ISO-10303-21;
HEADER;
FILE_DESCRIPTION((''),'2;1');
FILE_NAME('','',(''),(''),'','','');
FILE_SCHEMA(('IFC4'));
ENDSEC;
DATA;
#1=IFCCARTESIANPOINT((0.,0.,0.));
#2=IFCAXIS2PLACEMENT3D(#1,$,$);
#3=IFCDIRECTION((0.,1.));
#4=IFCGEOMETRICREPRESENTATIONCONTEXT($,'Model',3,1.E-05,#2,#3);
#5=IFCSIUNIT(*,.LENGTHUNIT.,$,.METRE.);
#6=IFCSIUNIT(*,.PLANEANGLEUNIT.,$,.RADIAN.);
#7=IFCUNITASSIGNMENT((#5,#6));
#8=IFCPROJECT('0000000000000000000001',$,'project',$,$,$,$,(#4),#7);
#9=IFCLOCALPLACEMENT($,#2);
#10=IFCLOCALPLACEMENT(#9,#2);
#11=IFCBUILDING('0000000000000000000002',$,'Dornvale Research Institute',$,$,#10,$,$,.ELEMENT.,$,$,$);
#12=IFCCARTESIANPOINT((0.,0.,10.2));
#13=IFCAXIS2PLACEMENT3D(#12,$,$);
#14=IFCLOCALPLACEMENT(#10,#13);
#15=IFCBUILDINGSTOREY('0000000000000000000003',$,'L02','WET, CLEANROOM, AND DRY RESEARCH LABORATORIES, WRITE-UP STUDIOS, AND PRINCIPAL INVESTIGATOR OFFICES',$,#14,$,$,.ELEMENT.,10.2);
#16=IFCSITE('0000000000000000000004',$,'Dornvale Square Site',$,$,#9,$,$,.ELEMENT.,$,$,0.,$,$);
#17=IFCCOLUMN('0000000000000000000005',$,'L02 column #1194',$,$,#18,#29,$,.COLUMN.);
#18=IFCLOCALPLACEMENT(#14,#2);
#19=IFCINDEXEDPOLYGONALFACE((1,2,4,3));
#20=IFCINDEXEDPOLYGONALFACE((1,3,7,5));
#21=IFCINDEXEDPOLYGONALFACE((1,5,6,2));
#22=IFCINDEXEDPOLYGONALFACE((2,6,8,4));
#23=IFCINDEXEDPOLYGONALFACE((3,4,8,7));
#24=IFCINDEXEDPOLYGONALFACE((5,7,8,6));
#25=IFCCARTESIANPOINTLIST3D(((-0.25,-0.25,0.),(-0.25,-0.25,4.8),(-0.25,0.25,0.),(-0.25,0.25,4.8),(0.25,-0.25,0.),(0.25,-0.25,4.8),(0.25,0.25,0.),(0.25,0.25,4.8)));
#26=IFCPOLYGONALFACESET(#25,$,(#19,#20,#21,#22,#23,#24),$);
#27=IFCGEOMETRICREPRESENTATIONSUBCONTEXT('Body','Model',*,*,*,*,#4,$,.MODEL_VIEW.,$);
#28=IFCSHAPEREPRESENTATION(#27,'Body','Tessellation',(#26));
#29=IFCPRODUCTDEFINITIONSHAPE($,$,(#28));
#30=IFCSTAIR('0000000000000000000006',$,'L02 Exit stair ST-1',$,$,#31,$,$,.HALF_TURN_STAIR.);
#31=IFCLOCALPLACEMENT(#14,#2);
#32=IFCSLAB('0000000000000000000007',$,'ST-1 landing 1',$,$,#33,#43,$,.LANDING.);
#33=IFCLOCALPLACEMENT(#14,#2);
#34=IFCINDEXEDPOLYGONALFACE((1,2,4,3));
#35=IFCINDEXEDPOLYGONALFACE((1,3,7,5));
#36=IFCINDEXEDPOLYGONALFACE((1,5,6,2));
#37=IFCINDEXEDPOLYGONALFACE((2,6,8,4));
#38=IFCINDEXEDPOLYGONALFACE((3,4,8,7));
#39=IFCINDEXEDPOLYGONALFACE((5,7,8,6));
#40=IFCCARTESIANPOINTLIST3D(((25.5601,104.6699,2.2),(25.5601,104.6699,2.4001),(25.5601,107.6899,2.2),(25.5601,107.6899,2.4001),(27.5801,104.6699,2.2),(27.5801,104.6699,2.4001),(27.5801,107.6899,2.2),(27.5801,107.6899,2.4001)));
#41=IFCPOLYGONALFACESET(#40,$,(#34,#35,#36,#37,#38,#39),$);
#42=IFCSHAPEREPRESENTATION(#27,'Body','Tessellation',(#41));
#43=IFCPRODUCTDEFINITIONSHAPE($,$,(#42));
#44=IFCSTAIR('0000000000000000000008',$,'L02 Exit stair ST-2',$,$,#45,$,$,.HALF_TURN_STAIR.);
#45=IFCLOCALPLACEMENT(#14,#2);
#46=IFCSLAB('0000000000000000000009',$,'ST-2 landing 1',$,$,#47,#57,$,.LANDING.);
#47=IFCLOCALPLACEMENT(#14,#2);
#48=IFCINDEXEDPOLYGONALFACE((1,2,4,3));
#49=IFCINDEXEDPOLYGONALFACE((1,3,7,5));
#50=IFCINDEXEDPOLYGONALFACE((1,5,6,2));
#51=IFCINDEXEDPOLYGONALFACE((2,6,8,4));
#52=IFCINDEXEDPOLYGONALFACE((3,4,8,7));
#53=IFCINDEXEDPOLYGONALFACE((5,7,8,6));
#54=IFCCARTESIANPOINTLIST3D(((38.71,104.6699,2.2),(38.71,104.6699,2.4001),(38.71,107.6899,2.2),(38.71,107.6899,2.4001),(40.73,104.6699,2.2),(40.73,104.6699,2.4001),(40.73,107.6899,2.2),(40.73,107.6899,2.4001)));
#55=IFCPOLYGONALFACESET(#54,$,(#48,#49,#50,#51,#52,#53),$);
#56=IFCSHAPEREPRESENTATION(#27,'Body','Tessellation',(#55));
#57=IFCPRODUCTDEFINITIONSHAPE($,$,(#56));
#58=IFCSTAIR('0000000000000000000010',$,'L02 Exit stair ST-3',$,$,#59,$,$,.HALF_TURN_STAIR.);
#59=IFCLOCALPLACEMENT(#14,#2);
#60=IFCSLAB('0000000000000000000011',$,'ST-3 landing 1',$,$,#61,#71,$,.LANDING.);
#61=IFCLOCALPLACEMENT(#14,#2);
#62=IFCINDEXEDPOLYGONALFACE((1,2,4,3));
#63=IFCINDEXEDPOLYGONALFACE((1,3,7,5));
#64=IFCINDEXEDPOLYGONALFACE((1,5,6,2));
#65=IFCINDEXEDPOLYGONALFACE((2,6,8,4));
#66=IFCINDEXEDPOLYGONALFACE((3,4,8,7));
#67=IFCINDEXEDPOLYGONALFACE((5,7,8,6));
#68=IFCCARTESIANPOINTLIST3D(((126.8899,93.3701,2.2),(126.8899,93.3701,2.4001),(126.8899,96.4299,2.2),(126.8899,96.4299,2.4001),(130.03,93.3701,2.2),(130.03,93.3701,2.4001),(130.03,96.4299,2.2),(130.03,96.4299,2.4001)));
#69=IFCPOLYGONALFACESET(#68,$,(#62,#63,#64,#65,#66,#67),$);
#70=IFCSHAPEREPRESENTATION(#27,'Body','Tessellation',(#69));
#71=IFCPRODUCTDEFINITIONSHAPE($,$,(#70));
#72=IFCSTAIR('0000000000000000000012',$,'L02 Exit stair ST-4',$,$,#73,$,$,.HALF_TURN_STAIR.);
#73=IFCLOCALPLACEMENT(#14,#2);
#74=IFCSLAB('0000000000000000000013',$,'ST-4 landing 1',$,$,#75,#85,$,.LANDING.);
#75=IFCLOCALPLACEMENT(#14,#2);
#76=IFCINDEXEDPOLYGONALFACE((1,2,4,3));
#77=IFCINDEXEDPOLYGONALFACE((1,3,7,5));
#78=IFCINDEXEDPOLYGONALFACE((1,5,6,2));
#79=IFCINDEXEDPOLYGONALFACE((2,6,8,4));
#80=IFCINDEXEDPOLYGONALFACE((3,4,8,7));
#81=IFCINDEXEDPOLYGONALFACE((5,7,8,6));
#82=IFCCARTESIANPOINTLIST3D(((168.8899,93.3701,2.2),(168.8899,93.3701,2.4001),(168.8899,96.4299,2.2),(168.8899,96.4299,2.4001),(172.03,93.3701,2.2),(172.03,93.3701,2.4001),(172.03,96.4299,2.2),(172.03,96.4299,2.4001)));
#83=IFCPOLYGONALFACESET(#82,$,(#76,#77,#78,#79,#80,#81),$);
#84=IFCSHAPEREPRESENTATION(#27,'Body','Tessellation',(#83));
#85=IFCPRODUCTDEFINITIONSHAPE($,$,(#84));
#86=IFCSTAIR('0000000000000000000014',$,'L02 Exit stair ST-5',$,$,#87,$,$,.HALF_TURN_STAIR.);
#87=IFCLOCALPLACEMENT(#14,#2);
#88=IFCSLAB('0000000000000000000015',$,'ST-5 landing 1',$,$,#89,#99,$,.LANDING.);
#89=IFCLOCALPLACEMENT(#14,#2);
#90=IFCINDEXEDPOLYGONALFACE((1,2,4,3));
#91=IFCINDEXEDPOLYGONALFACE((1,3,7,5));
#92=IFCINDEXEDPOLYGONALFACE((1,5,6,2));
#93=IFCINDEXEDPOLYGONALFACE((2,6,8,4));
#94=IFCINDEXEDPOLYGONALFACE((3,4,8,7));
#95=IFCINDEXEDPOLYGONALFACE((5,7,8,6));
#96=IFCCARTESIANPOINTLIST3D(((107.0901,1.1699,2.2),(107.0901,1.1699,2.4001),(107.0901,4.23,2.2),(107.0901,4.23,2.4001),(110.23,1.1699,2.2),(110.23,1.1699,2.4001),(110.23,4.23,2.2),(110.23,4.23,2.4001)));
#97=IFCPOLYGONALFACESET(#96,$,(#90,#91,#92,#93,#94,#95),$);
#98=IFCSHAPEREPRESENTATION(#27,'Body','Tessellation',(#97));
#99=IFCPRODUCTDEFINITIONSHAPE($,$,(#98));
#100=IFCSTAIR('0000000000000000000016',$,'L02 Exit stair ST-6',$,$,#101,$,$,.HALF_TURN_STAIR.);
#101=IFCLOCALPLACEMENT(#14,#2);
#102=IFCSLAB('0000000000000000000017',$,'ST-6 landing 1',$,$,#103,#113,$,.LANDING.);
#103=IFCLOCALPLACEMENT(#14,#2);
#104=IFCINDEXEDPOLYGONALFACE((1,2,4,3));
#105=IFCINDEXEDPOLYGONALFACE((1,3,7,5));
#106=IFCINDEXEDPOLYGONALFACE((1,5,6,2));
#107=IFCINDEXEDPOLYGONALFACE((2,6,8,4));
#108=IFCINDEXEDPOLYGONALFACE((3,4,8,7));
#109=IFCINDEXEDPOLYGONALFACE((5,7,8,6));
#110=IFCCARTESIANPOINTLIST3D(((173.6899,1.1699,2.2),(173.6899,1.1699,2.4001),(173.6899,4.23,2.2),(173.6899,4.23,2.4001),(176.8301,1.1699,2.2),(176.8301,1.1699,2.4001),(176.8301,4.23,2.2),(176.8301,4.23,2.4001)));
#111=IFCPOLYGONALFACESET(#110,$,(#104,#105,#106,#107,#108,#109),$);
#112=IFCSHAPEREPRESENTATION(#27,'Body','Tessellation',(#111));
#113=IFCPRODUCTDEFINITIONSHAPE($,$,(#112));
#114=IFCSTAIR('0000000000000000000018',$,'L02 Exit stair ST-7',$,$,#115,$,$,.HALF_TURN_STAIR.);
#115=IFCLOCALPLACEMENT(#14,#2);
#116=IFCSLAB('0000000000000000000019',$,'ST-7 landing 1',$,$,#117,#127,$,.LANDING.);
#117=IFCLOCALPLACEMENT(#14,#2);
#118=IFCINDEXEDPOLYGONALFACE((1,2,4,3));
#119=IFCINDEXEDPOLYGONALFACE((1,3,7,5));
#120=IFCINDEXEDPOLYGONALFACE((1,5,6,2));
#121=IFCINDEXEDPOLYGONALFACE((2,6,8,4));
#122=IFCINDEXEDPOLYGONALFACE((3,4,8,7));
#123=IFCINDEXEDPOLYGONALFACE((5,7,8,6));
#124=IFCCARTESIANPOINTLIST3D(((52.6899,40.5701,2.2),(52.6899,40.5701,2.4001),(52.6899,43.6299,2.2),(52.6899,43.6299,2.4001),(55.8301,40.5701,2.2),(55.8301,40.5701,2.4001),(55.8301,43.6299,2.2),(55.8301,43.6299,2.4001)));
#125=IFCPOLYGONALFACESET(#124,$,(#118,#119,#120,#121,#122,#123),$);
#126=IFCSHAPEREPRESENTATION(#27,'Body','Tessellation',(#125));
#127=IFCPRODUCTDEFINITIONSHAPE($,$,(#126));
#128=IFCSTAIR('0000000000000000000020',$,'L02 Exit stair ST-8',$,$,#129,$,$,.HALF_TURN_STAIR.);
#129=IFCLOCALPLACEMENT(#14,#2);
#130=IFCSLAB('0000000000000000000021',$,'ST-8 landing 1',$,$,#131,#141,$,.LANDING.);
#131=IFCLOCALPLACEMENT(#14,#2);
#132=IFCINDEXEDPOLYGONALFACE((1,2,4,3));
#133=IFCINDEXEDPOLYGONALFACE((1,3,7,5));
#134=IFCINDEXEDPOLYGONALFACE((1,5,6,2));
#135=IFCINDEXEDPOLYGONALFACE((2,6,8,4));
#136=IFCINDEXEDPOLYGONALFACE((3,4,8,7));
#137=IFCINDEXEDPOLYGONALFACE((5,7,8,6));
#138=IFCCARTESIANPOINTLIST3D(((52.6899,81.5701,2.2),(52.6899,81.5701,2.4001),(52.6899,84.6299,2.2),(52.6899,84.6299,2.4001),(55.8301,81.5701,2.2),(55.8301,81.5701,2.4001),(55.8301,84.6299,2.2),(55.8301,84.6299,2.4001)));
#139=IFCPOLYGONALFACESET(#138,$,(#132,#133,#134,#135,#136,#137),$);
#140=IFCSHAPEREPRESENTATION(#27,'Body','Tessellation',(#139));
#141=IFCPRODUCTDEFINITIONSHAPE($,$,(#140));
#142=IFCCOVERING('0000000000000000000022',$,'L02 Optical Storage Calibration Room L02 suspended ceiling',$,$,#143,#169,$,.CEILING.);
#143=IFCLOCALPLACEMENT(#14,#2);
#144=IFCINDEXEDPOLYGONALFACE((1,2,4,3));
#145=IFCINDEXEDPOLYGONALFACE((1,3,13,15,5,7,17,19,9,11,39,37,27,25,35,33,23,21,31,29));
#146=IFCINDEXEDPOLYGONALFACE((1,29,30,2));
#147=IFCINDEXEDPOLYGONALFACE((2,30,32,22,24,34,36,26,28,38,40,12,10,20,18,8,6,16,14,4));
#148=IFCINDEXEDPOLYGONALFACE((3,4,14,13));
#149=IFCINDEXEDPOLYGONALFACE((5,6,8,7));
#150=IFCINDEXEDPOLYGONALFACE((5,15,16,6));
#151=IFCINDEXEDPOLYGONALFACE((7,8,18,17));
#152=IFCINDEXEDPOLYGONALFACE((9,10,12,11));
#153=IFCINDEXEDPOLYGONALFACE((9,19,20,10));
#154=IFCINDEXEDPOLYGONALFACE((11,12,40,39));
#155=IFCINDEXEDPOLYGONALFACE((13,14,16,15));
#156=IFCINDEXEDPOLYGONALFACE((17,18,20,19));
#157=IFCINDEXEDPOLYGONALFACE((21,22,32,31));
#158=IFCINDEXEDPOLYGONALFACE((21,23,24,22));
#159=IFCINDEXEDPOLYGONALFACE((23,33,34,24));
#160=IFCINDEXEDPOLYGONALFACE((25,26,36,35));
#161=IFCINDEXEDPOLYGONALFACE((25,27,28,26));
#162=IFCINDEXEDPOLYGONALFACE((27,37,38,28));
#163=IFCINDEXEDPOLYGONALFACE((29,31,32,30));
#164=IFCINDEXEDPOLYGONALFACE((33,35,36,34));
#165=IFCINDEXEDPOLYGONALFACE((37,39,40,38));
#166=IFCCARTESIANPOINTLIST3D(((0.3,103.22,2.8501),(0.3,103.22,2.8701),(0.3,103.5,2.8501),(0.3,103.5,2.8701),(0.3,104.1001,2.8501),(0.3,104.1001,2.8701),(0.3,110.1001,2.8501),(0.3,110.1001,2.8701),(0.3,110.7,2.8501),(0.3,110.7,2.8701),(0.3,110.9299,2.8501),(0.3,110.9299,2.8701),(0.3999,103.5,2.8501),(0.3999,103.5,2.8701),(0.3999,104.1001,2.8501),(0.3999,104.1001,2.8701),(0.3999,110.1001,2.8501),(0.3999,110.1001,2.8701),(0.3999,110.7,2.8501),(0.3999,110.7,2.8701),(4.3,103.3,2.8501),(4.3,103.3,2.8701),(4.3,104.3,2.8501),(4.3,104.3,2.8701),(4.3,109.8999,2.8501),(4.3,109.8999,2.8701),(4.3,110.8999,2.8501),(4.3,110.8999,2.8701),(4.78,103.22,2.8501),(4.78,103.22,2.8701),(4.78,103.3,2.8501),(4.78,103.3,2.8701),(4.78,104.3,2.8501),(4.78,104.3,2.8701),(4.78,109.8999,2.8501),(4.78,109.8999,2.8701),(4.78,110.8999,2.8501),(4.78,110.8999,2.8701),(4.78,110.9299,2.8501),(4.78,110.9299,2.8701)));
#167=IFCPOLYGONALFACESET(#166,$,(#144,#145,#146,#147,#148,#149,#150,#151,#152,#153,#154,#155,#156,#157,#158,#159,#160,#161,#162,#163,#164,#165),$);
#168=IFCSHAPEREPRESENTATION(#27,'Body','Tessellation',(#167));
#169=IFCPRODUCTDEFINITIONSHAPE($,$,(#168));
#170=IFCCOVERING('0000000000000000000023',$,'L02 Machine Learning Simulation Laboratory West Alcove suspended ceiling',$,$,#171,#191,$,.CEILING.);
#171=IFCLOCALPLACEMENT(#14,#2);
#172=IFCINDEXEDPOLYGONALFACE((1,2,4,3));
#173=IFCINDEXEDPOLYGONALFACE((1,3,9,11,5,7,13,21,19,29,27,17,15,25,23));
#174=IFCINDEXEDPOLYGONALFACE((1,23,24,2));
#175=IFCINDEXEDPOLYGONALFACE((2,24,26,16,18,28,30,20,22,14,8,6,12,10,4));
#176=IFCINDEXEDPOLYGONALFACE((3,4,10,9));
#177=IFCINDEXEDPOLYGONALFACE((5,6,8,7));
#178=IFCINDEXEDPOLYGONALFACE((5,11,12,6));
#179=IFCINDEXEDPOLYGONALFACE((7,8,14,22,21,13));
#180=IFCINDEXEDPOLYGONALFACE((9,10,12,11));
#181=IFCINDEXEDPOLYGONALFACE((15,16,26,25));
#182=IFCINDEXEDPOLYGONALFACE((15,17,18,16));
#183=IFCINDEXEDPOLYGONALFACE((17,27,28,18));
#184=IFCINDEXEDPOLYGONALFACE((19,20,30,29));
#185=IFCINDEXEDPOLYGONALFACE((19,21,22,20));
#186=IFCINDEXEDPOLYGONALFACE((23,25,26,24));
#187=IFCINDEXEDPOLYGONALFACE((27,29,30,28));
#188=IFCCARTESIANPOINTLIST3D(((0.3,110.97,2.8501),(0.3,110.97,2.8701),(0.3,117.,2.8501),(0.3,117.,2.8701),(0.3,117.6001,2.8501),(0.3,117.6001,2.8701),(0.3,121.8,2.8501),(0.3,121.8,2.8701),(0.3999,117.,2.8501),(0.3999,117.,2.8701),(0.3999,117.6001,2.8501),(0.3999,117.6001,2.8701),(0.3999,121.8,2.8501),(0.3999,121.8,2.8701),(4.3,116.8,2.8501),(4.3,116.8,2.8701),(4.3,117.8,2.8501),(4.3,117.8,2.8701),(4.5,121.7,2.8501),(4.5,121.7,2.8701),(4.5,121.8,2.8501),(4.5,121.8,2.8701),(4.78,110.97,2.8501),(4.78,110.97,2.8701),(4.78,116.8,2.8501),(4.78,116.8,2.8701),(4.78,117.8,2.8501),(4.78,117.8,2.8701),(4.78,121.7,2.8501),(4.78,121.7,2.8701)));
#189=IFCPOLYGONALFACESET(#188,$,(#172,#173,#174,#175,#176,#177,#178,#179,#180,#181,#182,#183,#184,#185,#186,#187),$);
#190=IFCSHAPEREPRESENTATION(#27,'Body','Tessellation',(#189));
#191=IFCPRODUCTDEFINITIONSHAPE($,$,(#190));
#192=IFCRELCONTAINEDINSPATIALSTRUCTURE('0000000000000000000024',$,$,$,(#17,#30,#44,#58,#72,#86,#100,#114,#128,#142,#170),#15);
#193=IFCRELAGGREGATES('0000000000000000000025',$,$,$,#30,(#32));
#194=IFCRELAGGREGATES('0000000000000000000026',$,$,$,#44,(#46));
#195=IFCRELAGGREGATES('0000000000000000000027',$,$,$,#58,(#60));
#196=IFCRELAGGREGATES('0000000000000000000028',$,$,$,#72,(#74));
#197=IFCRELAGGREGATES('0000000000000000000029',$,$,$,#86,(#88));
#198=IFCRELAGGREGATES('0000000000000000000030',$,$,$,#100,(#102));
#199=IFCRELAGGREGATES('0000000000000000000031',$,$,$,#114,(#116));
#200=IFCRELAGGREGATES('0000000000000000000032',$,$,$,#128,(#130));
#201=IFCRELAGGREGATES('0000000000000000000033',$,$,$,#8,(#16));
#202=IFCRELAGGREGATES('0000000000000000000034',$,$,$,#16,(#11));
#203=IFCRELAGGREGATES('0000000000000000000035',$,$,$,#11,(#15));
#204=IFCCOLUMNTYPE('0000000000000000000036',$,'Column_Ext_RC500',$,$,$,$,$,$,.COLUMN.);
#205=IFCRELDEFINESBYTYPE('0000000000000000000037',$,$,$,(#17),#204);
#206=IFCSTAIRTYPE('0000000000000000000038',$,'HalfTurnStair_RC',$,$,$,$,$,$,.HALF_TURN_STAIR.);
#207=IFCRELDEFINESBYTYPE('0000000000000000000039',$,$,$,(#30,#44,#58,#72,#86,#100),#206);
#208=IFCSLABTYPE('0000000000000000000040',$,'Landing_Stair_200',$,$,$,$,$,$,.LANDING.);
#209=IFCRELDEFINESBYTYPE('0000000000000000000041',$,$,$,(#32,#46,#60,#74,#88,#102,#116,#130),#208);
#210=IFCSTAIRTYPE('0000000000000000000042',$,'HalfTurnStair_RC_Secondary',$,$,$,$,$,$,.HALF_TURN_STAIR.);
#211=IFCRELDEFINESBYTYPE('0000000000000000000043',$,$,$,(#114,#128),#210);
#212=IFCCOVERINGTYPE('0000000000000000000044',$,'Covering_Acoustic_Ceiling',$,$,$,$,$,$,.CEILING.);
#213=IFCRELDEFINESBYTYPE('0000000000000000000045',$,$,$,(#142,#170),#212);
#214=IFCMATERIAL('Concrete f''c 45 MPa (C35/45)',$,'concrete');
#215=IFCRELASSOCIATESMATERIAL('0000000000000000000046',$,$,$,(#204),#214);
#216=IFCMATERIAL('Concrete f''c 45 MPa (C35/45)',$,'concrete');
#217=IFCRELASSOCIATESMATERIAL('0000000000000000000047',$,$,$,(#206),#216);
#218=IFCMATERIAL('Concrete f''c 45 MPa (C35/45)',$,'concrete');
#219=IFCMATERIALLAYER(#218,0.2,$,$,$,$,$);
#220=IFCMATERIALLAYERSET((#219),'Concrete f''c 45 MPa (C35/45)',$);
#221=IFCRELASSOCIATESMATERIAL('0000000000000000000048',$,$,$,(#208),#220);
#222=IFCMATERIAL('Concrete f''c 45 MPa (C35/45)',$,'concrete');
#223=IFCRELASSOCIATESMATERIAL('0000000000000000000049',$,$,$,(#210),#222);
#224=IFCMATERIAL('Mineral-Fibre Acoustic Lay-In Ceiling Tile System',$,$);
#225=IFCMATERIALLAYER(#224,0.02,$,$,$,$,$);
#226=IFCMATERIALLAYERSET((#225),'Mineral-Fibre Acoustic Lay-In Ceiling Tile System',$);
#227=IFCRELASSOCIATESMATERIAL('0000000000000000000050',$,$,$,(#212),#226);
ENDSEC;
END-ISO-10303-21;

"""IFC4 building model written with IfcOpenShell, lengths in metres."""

from ifc_helpers import new_model, si_unit, direction, frame, origin, origin_with_axes, origin_2d, place, context, subcontext, project, spatial, polyline, rectangle, outline, extrude, material, layer, layer_set, material_profile, profile_set, type_object, element, aggregate, save


model = new_model("IFC4")

# Units and contexts
model_context = context("Model", 3, precision=1e-05, world=origin(), true_north=direction((0.0, 1.0)))
body_context = subcontext(model_context, "Body", "Model", "MODEL_VIEW")
ifc_project = project(units=[si_unit("LENGTHUNIT", "METRE"), si_unit("PLANEANGLEUNIT", "RADIAN")], contexts=[model_context])

# Site, building, storey
site_placement = place(None, origin())
site = spatial("IfcSite", under=ifc_project, at=site_placement, Name="Dornvale Square Site", CompositionType="ELEMENT", RefElevation=0.0)
building_placement = place(site_placement, origin())
building = spatial("IfcBuilding", under=site, at=building_placement, Name="Dornvale Research Institute", CompositionType="ELEMENT")
storey_placement = place(building_placement, frame((0.0, 0.0, 10.2)))
storey = spatial("IfcBuildingStorey", under=building, at=storey_placement, Name="L02", Description="WET, CLEANROOM, AND DRY RESEARCH LABORATORIES, WRITE-UP STUDIOS, AND PRINCIPAL INVESTIGATOR OFFICES", CompositionType="ELEMENT", Elevation=10.2)

# Column
ifc_material_1 = material(Name="Concrete f'c 45 MPa (C35/45)", Category="concrete")
ifc_material_profile = material_profile(ifc_material_1, rectangle(XDim=0.5, YDim=0.5, at=origin_2d()), Name="RC 500x500")
ifc_profile_set = profile_set([ifc_material_profile], Name="Concrete f'c 45 MPa (C35/45)")
column_type = type_object("IfcColumnType", Name="Column_Ext_RC500", PredefinedType="COLUMN", material=ifc_profile_set)
column_placement = place(storey_placement, origin_with_axes())
element("IfcColumn", 1, at=column_placement, inside=storey, type_object=column_type, Name="L02 column #1194", PredefinedType="COLUMN", context=body_context, shape_type="SweptSolid", body=[
    extrude(rectangle(XDim=0.5, YDim=0.5, at=origin_2d()), origin(), (0.0, 0.0, 1.0), 4.8),
])

# Stairs, slabs
ifc_material_2 = material(Name="Concrete f'c 45 MPa (C35/45)", Category="concrete")
stair_type_1 = type_object("IfcStairType", Name="HalfTurnStair_RC", PredefinedType="HALF_TURN_STAIR", material=ifc_material_2)
stair_1_placement = place(storey_placement, origin())
stair_1 = element("IfcStair", 2, at=stair_1_placement, inside=storey, type_object=stair_type_1, Name="L02 Exit stair ST-1", PredefinedType="HALF_TURN_STAIR")
ifc_material_3 = material(Name="Concrete f'c 45 MPa (C35/45)", Category="concrete")
ifc_layer_1 = layer(ifc_material_3, 0.2)
ifc_layer_set_1 = layer_set([ifc_layer_1], Name="Concrete f'c 45 MPa (C35/45)")
slab_type = type_object("IfcSlabType", Name="Landing_Stair_200", PredefinedType="LANDING", material=ifc_layer_set_1)
slab_1_placement = place(storey_placement, frame((0.0, 0.0, 2.2)))
slab_1 = element("IfcSlab", 3, at=slab_1_placement, type_object=slab_type, Name="ST-1 landing 1", PredefinedType="LANDING", context=body_context, shape_type="SweptSolid", body=[
    extrude(outline(polyline([(25.5601, 104.6699), (25.5601, 107.6899), (27.5801, 107.6899), (27.5801, 104.6699), (25.5601, 104.6699)])), origin(), (0.0, 0.0, 1.0), 0.2002),
])
aggregate(stair_1, [slab_1])
stair_2_placement = place(storey_placement, origin())
stair_2 = element("IfcStair", 4, at=stair_2_placement, inside=storey, type_object=stair_type_1, Name="L02 Exit stair ST-2", PredefinedType="HALF_TURN_STAIR")
slab_2_placement = place(storey_placement, frame((0.0, 0.0, 2.2)))
slab_2 = element("IfcSlab", 5, at=slab_2_placement, type_object=slab_type, Name="ST-2 landing 1", PredefinedType="LANDING", context=body_context, shape_type="SweptSolid", body=[
    extrude(outline(polyline([(38.71, 104.6699), (38.71, 107.6899), (40.73, 107.6899), (40.73, 104.6699), (38.71, 104.6699)])), origin(), (0.0, 0.0, 1.0), 0.2002),
])
aggregate(stair_2, [slab_2])
stair_3_placement = place(storey_placement, origin())
stair_3 = element("IfcStair", 6, at=stair_3_placement, inside=storey, type_object=stair_type_1, Name="L02 Exit stair ST-3", PredefinedType="HALF_TURN_STAIR")
slab_3_placement = place(storey_placement, frame((0.0, 0.0, 2.2)))
slab_3 = element("IfcSlab", 7, at=slab_3_placement, type_object=slab_type, Name="ST-3 landing 1", PredefinedType="LANDING", context=body_context, shape_type="SweptSolid", body=[
    extrude(outline(polyline([(126.8899, 93.3701), (126.8899, 96.4299), (130.03, 96.4299), (130.03, 93.3701), (126.8899, 93.3701)])), origin(), (0.0, 0.0, 1.0), 0.2002),
])
aggregate(stair_3, [slab_3])
stair_4_placement = place(storey_placement, origin())
stair_4 = element("IfcStair", 8, at=stair_4_placement, inside=storey, type_object=stair_type_1, Name="L02 Exit stair ST-4", PredefinedType="HALF_TURN_STAIR")
slab_4_placement = place(storey_placement, frame((0.0, 0.0, 2.2)))
slab_4 = element("IfcSlab", 9, at=slab_4_placement, type_object=slab_type, Name="ST-4 landing 1", PredefinedType="LANDING", context=body_context, shape_type="SweptSolid", body=[
    extrude(outline(polyline([(168.8899, 93.3701), (168.8899, 96.4299), (172.03, 96.4299), (172.03, 93.3701), (168.8899, 93.3701)])), origin(), (0.0, 0.0, 1.0), 0.2002),
])
aggregate(stair_4, [slab_4])
stair_5_placement = place(storey_placement, origin())
stair_5 = element("IfcStair", 10, at=stair_5_placement, inside=storey, type_object=stair_type_1, Name="L02 Exit stair ST-5", PredefinedType="HALF_TURN_STAIR")
slab_5_placement = place(storey_placement, frame((0.0, 0.0, 2.2)))
slab_5 = element("IfcSlab", 11, at=slab_5_placement, type_object=slab_type, Name="ST-5 landing 1", PredefinedType="LANDING", context=body_context, shape_type="SweptSolid", body=[
    extrude(outline(polyline([(107.0901, 1.1699), (107.0901, 4.23), (110.23, 4.23), (110.23, 1.1699), (107.0901, 1.1699)])), origin(), (0.0, 0.0, 1.0), 0.2002),
])
aggregate(stair_5, [slab_5])
stair_6_placement = place(storey_placement, origin())
stair_6 = element("IfcStair", 12, at=stair_6_placement, inside=storey, type_object=stair_type_1, Name="L02 Exit stair ST-6", PredefinedType="HALF_TURN_STAIR")
slab_6_placement = place(storey_placement, frame((0.0, 0.0, 2.2)))
slab_6 = element("IfcSlab", 13, at=slab_6_placement, type_object=slab_type, Name="ST-6 landing 1", PredefinedType="LANDING", context=body_context, shape_type="SweptSolid", body=[
    extrude(outline(polyline([(173.6899, 1.1699), (173.6899, 4.23), (176.8301, 4.23), (176.8301, 1.1699), (173.6899, 1.1699)])), origin(), (0.0, 0.0, 1.0), 0.2002),
])
aggregate(stair_6, [slab_6])
ifc_material_4 = material(Name="Concrete f'c 45 MPa (C35/45)", Category="concrete")
stair_type_2 = type_object("IfcStairType", Name="HalfTurnStair_RC_Secondary", PredefinedType="HALF_TURN_STAIR", material=ifc_material_4)
stair_7_placement = place(storey_placement, origin())
stair_7 = element("IfcStair", 14, at=stair_7_placement, inside=storey, type_object=stair_type_2, Name="L02 Exit stair ST-7", PredefinedType="HALF_TURN_STAIR")
slab_7_placement = place(storey_placement, frame((0.0, 0.0, 2.2)))
slab_7 = element("IfcSlab", 15, at=slab_7_placement, type_object=slab_type, Name="ST-7 landing 1", PredefinedType="LANDING", context=body_context, shape_type="SweptSolid", body=[
    extrude(outline(polyline([(52.6899, 40.5701), (52.6899, 43.6299), (55.8301, 43.6299), (55.8301, 40.5701), (52.6899, 40.5701)])), origin(), (0.0, 0.0, 1.0), 0.2002),
])
aggregate(stair_7, [slab_7])
stair_8_placement = place(storey_placement, origin())
stair_8 = element("IfcStair", 16, at=stair_8_placement, inside=storey, type_object=stair_type_2, Name="L02 Exit stair ST-8", PredefinedType="HALF_TURN_STAIR")
slab_8_placement = place(storey_placement, frame((0.0, 0.0, 2.2)))
slab_8 = element("IfcSlab", 17, at=slab_8_placement, type_object=slab_type, Name="ST-8 landing 1", PredefinedType="LANDING", context=body_context, shape_type="SweptSolid", body=[
    extrude(outline(polyline([(52.6899, 81.5701), (52.6899, 84.6299), (55.8301, 84.6299), (55.8301, 81.5701), (52.6899, 81.5701)])), origin(), (0.0, 0.0, 1.0), 0.2002),
])
aggregate(stair_8, [slab_8])

# Coverings
ifc_material_5 = material(Name="Mineral-Fibre Acoustic Lay-In Ceiling Tile System")
ifc_layer_2 = layer(ifc_material_5, 0.02)
ifc_layer_set_2 = layer_set([ifc_layer_2], Name="Mineral-Fibre Acoustic Lay-In Ceiling Tile System")
covering_type_1 = type_object("IfcCoveringType", Name="Covering_Acoustic_Ceiling", PredefinedType="CEILING", material=ifc_layer_set_2)
covering_1_placement = place(storey_placement, frame((0.0, 0.0, 2.8501)))
element("IfcCovering", 18, at=covering_1_placement, inside=storey, type_object=covering_type_1, Name="L02 Optical Storage Calibration Room L02 suspended ceiling", PredefinedType="CEILING", context=body_context, shape_type="SweptSolid", body=[
    extrude(outline(polyline([(0.3, 104.1001), (0.3, 110.1001), (0.3999, 110.1001), (0.3999, 110.7), (0.3, 110.7), (0.3, 110.9299), (4.78, 110.9299), (4.78, 110.8999), (4.3, 110.8999), (4.3, 109.8999), (4.78, 109.8999), (4.78, 104.3), (4.3, 104.3), (4.3, 103.3), (4.78, 103.3), (4.78, 103.22), (0.3, 103.22), (0.3, 103.5), (0.3999, 103.5), (0.3999, 104.1001), (0.3, 104.1001)])), origin(), (0.0, 0.0, 1.0), 0.02),
])
covering_2_placement = place(storey_placement, frame((0.0, 0.0, 2.8501)))
element("IfcCovering", 19, at=covering_2_placement, inside=storey, type_object=covering_type_1, Name="L02 Machine Learning Simulation Laboratory West Alcove suspended ceiling", PredefinedType="CEILING", context=body_context, shape_type="SweptSolid", body=[
    extrude(outline(polyline([(0.3, 110.97), (0.3, 117.0), (0.3999, 117.0), (0.3999, 117.6001), (0.3, 117.6001), (0.3, 121.8), (0.3999, 121.8), (4.5, 121.8), (4.5, 121.7), (4.78, 121.7), (4.78, 117.8), (4.3, 117.8), (4.3, 116.8), (4.78, 116.8), (4.78, 110.97), (0.3, 110.97)])), origin(), (0.0, 0.0, 1.0), 0.02),
])

save(model, "model.ifc")
